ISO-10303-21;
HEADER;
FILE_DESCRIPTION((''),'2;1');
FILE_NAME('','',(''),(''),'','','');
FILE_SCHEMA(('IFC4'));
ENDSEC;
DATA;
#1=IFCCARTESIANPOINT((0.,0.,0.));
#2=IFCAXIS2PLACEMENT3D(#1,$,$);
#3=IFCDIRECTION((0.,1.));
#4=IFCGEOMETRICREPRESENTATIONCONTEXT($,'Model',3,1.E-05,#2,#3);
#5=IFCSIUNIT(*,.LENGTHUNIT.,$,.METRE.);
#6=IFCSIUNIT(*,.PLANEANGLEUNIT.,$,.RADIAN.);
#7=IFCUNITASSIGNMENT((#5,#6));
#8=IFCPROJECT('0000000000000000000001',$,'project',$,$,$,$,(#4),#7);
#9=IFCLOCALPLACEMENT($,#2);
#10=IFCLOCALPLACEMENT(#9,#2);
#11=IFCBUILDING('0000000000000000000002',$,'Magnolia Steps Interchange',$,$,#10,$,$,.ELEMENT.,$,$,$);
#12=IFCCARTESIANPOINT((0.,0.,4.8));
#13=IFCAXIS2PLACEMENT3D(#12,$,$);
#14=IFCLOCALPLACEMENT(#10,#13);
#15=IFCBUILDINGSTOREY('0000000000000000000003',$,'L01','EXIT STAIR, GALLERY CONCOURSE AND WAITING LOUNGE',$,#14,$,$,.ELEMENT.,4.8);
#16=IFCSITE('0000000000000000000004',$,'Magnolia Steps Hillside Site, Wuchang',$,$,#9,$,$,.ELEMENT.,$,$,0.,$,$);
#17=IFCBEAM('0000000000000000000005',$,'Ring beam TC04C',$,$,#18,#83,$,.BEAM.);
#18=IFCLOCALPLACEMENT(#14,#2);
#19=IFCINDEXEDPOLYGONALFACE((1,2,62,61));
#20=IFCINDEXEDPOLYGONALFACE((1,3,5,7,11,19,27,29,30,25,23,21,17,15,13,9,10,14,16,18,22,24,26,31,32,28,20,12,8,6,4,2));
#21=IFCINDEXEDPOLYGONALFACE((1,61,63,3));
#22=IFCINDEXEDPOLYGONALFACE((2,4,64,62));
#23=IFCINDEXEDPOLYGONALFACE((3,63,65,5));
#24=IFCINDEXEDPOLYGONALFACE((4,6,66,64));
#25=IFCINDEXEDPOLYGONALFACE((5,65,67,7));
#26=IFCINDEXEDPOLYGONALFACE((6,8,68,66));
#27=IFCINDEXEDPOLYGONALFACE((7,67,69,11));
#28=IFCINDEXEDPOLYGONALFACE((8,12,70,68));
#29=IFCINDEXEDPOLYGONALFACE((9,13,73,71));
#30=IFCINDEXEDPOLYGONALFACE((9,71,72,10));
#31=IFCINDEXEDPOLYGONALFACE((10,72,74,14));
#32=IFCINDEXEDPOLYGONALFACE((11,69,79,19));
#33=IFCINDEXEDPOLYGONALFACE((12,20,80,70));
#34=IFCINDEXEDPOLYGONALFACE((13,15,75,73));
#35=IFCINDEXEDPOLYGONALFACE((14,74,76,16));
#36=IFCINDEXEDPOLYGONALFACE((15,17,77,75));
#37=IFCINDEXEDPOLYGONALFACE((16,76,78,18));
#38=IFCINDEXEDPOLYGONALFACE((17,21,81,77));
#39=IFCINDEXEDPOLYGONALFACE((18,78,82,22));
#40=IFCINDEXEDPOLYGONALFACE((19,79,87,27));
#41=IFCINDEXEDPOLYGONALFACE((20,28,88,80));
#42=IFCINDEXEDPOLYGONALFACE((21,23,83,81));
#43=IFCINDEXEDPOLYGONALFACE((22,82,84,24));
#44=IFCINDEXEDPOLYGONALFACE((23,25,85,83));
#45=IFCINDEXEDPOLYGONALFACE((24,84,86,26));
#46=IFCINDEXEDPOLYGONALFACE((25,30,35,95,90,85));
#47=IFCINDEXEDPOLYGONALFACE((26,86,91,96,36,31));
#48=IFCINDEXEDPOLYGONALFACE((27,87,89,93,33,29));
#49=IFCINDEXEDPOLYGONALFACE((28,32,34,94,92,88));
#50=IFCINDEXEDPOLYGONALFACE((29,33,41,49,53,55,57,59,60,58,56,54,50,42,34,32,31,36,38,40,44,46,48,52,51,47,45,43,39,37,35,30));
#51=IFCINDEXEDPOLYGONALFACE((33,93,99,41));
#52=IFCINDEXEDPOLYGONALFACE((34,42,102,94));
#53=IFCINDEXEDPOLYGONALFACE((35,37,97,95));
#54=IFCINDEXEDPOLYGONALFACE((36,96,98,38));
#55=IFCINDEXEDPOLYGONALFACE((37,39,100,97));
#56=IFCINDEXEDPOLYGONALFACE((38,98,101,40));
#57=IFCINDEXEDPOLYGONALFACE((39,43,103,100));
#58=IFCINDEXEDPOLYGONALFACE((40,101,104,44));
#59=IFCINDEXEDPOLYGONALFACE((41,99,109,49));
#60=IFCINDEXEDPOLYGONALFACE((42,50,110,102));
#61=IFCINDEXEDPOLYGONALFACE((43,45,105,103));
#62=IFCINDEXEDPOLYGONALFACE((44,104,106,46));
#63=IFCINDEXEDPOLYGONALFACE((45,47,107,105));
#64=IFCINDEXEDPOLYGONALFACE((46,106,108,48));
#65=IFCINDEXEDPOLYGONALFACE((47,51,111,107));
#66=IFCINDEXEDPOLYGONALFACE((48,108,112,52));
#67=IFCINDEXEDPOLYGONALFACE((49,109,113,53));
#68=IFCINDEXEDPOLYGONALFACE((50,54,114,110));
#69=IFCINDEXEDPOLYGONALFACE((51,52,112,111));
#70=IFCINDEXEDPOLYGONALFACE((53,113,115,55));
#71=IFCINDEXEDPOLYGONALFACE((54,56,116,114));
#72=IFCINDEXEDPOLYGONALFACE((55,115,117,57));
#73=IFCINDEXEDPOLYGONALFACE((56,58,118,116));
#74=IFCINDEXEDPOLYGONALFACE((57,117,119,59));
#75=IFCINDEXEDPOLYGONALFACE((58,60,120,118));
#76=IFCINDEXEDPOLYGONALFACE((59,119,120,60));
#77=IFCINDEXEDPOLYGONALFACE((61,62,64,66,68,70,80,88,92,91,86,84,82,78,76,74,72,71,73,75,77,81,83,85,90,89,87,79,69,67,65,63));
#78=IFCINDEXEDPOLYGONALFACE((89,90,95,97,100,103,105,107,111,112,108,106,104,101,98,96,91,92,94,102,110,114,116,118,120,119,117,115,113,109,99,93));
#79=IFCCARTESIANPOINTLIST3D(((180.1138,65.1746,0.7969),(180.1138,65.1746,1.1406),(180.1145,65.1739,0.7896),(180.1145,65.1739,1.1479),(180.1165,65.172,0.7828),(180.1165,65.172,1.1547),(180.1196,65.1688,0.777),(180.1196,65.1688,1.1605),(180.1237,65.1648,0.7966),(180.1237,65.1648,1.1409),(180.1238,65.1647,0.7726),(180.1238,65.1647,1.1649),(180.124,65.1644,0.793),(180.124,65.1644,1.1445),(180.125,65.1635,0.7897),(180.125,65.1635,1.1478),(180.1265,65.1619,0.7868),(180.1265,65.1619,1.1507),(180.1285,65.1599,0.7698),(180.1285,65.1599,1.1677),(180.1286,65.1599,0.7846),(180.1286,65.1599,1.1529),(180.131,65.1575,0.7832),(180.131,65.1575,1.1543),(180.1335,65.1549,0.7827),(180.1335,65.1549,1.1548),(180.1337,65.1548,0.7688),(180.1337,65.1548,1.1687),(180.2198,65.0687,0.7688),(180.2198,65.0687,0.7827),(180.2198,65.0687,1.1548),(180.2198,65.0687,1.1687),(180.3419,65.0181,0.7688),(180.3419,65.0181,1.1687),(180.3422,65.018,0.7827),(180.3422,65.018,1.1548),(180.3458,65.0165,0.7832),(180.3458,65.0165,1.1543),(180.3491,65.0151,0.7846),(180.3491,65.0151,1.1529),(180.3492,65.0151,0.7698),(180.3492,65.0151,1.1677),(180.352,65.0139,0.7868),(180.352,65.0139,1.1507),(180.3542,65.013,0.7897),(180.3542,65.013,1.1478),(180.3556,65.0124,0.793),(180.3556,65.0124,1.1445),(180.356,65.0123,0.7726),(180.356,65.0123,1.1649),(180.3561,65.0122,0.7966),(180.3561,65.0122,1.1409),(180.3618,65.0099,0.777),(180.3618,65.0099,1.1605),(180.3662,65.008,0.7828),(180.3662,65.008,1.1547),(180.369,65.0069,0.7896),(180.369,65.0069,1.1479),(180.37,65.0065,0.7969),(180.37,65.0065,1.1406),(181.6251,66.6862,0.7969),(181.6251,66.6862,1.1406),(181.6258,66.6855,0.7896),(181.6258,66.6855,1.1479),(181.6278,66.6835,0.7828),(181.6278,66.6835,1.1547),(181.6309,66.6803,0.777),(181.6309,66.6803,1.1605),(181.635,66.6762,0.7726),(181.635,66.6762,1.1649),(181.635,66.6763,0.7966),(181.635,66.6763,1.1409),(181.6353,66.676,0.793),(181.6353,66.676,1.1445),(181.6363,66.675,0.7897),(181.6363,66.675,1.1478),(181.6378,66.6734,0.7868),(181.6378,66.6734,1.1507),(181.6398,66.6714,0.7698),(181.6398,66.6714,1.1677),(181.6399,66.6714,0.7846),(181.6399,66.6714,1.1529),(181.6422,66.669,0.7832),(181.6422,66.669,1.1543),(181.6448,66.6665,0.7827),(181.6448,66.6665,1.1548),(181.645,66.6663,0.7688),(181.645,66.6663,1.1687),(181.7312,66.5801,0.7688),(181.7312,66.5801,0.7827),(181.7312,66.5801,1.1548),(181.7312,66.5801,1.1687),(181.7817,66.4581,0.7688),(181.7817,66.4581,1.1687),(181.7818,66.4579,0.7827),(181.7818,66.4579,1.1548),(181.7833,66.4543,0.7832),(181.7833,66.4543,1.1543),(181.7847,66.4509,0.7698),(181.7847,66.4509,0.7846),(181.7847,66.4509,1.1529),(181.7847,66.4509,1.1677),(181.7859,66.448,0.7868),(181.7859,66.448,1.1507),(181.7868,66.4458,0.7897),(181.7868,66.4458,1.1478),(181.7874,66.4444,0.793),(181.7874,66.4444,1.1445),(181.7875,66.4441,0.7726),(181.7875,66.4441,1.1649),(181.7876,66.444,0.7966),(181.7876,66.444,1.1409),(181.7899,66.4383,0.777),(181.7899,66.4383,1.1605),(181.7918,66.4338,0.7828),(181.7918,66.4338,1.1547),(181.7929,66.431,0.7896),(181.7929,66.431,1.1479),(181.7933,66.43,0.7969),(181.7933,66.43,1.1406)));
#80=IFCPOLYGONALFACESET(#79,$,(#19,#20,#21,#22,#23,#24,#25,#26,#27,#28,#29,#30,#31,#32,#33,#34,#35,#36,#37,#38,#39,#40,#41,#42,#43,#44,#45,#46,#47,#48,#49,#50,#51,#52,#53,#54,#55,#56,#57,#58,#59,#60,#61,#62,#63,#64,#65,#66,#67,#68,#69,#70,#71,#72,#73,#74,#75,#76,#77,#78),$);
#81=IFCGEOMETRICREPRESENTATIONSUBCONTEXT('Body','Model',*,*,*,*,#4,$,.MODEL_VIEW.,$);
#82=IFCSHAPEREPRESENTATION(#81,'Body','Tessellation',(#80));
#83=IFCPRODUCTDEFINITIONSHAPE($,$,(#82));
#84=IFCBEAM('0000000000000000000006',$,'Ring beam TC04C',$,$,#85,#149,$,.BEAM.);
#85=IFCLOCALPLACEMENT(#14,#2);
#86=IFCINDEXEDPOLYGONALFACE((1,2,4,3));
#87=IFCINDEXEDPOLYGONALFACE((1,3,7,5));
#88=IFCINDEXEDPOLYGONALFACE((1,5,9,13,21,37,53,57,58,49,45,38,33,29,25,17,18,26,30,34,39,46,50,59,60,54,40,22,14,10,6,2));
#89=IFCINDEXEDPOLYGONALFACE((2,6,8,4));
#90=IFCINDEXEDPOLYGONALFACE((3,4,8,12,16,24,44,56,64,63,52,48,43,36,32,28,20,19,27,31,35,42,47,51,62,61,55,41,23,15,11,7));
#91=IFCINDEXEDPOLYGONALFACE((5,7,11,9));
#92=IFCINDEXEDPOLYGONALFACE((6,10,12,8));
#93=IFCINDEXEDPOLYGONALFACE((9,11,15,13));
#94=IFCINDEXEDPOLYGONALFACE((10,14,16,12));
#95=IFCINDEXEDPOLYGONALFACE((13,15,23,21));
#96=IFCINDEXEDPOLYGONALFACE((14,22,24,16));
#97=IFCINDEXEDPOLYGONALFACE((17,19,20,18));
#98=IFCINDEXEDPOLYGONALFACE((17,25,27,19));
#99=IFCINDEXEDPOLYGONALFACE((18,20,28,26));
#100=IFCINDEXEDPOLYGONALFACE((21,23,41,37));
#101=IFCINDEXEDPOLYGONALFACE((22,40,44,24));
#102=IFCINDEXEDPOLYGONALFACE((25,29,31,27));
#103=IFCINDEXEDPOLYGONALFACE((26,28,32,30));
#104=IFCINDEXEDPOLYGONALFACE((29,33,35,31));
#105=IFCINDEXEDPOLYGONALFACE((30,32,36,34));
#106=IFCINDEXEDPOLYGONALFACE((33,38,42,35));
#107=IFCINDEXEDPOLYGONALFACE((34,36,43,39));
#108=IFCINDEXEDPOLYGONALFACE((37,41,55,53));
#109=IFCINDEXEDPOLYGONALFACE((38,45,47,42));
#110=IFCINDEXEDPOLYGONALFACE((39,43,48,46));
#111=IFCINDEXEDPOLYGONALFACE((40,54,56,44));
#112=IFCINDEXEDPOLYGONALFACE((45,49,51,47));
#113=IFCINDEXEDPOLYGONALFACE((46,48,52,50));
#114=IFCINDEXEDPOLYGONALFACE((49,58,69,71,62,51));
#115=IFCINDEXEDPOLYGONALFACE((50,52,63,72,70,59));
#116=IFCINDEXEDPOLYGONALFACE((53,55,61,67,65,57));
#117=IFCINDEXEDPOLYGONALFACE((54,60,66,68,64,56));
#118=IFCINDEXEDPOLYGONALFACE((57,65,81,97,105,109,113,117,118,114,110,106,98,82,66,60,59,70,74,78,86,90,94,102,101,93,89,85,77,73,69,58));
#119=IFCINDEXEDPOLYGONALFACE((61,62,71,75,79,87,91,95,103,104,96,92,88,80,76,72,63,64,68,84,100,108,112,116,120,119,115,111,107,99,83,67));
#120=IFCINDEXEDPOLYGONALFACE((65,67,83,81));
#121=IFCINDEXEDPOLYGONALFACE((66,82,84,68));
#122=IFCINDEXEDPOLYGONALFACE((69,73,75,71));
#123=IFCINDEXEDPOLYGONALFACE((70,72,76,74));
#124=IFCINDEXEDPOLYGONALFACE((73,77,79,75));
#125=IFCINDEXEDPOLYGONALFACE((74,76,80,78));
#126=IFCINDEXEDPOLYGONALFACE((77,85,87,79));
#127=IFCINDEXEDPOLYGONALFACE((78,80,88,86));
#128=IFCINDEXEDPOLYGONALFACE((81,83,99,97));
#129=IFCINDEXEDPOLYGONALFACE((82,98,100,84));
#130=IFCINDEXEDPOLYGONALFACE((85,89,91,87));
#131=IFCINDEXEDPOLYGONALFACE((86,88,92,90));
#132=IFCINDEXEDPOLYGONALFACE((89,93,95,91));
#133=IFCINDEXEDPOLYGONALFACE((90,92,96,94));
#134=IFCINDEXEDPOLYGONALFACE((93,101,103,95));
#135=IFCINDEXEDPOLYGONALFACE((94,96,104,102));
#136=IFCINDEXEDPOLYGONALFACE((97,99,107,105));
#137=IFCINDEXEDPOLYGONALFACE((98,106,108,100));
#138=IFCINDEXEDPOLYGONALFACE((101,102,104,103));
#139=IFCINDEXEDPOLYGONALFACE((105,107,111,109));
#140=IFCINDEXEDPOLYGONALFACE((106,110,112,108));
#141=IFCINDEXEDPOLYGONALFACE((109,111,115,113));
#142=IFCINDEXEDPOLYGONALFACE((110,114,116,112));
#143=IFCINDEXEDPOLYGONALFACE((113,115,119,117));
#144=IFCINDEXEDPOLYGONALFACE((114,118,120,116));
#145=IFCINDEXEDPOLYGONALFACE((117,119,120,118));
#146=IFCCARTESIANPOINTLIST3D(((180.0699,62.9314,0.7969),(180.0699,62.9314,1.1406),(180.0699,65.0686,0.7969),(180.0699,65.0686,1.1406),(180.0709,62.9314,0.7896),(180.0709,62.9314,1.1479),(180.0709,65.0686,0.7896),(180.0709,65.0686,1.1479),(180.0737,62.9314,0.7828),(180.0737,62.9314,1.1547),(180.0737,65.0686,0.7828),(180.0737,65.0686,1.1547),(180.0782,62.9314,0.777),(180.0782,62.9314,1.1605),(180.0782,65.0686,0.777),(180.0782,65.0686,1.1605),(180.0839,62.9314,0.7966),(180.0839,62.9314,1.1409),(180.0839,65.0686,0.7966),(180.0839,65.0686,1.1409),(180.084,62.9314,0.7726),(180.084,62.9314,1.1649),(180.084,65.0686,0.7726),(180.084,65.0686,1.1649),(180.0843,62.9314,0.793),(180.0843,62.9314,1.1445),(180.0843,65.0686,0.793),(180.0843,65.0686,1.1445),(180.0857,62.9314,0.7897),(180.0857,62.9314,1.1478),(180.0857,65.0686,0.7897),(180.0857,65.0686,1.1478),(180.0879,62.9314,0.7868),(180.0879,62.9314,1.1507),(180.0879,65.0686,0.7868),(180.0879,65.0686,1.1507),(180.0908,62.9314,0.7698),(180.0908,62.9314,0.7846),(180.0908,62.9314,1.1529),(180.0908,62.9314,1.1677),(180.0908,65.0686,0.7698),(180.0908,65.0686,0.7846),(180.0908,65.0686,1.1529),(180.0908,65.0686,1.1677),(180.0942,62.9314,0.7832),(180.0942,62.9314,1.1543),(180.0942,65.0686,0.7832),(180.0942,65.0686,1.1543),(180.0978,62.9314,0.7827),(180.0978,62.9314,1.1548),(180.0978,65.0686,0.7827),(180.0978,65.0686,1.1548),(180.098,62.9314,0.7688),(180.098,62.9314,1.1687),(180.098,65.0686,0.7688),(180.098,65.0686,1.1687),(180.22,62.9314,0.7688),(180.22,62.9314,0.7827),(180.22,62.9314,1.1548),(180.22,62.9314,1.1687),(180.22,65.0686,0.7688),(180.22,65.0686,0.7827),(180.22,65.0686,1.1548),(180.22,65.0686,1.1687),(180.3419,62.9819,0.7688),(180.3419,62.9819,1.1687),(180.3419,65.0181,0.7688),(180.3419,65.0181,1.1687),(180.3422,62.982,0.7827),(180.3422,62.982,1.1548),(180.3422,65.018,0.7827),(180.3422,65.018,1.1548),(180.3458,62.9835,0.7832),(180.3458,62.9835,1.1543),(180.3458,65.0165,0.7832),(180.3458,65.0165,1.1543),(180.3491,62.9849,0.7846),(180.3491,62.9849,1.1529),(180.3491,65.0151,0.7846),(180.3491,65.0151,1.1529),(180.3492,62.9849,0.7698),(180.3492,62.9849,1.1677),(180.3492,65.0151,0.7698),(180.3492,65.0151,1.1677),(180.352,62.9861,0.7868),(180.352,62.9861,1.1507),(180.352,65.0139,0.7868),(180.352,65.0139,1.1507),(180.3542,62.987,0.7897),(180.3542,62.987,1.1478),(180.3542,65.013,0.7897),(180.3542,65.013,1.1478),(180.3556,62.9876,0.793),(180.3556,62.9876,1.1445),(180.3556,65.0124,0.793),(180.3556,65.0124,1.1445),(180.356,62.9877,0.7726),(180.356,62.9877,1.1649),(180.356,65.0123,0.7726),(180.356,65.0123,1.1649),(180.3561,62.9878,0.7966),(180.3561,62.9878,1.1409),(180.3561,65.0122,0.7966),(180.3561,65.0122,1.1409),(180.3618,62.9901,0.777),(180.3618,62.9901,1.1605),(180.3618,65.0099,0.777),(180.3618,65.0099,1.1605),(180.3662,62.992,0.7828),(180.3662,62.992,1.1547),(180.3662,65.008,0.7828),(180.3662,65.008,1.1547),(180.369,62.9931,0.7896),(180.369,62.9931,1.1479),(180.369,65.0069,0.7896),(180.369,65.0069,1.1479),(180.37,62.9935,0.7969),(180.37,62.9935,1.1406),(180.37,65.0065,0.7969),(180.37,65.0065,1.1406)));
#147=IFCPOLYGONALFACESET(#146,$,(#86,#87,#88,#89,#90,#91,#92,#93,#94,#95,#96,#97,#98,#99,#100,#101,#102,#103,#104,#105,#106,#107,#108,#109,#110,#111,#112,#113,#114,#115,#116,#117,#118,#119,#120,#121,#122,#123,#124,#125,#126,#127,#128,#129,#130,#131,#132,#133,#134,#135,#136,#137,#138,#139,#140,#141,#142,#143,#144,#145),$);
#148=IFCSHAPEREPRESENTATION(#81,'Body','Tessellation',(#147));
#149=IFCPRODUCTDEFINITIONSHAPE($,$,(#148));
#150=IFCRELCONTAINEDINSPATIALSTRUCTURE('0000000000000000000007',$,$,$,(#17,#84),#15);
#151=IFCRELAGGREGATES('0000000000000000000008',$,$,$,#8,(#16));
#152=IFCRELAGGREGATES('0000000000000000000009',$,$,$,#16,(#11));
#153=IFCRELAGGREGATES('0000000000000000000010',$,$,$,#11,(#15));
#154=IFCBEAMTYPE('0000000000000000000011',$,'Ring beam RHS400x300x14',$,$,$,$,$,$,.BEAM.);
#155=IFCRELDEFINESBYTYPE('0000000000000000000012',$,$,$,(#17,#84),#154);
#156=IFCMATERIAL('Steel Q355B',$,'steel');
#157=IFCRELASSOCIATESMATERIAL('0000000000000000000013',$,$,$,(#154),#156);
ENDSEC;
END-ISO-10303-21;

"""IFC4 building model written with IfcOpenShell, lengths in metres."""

from ifc_helpers import new_model, si_unit, direction, frame, origin, origin_2d, place, context, subcontext, project, spatial, hollow_rectangle, extrude, clip, halfspace, material, material_profile, profile_set, type_object, element, save


model = new_model("IFC4")

# Units and contexts
model_context = context("Model", 3, precision=1e-05, world=origin(), true_north=direction((0.0, 1.0)))
body_context = subcontext(model_context, "Body", "Model", "MODEL_VIEW")
ifc_project = project(units=[si_unit("LENGTHUNIT", "METRE"), si_unit("PLANEANGLEUNIT", "RADIAN")], contexts=[model_context])

# Site, building, storey
site_placement = place(None, origin())
site = spatial("IfcSite", under=ifc_project, at=site_placement, Name="Magnolia Steps Hillside Site, Wuchang", CompositionType="ELEMENT", RefElevation=0.0)
building_placement = place(site_placement, origin())
building = spatial("IfcBuilding", under=site, at=building_placement, Name="Magnolia Steps Interchange", CompositionType="ELEMENT")
storey_placement = place(building_placement, frame((0.0, 0.0, 4.8)))
storey = spatial("IfcBuildingStorey", under=building, at=storey_placement, Name="L01", Description="EXIT STAIR, GALLERY CONCOURSE AND WAITING LOUNGE", CompositionType="ELEMENT", Elevation=4.8)

# Beams
ifc_material_1 = material(Name="Steel Q355B", Category="steel")
ifc_material_profile_1 = material_profile(ifc_material_1, hollow_rectangle(XDim=0.3, YDim=0.3999, WallThickness=0.0139, InnerFilletRadius=0.0139, OuterFilletRadius=0.0281, at=origin_2d()), Name="RHS400x300x14")
ifc_profile_set_1 = profile_set([ifc_material_profile_1], Name="Steel Q355B")
beam_type_1 = type_object("IfcBeamType", Name="Ring beam RHS400x300x14", PredefinedType="BEAM", material=ifc_profile_set_1)
beam_1_placement = place(storey_placement, frame((181.7312, 66.5801, 0.9688), z_axis=(-0.70705, -0.707164, 0.0), x_axis=(0.707164, -0.70705, 0.0)))
element("IfcBeam", 1, at=beam_1_placement, inside=storey, type_object=beam_type_1, Name="Ring beam TC04C", PredefinedType="BEAM", context=body_context, shape_type="Clipping", body=[
    clip(clip(extrude(hollow_rectangle(XDim=0.3, YDim=0.3999, WallThickness=0.0139, InnerFilletRadius=0.0139, OuterFilletRadius=0.0281, at=origin_2d()), origin(), (0.0, 0.0, 1.0), 2.1375), halfspace(frame((0.0, 0.0, 0.0), z_axis=(0.382758, 0.0, -0.923849), x_axis=(0.923849, 0.0, 0.382758)), False)), halfspace(frame((0.0, 0.0, 2.1374), z_axis=(0.382609, 0.0, 0.92391), x_axis=(0.92391, 0.0, -0.382609)), False)),
])
beam_2_placement = place(storey_placement, frame((180.22, 65.0686, 0.9688), z_axis=(0.0, -1.0, 0.0), x_axis=(1.0, 0.0, 0.0)))
element("IfcBeam", 2, at=beam_2_placement, inside=storey, type_object=beam_type_1, Name="Ring beam TC04C", PredefinedType="BEAM", context=body_context, shape_type="Clipping", body=[
    clip(clip(extrude(hollow_rectangle(XDim=0.3, YDim=0.3999, WallThickness=0.0139, InnerFilletRadius=0.0139, OuterFilletRadius=0.0281, at=origin_2d()), origin(), (0.0, 0.0, 1.0), 2.1372), halfspace(frame((0.0, 0.0, 0.0), z_axis=(0.382683, 0.0, -0.92388), x_axis=(0.92388, 0.0, 0.382683)), False)), halfspace(frame((0.0, 0.0, 2.1372), z_axis=(0.382683, 0.0, 0.92388), x_axis=(0.92388, 0.0, -0.382683)), False)),
])

save(model, "model.ifc")
